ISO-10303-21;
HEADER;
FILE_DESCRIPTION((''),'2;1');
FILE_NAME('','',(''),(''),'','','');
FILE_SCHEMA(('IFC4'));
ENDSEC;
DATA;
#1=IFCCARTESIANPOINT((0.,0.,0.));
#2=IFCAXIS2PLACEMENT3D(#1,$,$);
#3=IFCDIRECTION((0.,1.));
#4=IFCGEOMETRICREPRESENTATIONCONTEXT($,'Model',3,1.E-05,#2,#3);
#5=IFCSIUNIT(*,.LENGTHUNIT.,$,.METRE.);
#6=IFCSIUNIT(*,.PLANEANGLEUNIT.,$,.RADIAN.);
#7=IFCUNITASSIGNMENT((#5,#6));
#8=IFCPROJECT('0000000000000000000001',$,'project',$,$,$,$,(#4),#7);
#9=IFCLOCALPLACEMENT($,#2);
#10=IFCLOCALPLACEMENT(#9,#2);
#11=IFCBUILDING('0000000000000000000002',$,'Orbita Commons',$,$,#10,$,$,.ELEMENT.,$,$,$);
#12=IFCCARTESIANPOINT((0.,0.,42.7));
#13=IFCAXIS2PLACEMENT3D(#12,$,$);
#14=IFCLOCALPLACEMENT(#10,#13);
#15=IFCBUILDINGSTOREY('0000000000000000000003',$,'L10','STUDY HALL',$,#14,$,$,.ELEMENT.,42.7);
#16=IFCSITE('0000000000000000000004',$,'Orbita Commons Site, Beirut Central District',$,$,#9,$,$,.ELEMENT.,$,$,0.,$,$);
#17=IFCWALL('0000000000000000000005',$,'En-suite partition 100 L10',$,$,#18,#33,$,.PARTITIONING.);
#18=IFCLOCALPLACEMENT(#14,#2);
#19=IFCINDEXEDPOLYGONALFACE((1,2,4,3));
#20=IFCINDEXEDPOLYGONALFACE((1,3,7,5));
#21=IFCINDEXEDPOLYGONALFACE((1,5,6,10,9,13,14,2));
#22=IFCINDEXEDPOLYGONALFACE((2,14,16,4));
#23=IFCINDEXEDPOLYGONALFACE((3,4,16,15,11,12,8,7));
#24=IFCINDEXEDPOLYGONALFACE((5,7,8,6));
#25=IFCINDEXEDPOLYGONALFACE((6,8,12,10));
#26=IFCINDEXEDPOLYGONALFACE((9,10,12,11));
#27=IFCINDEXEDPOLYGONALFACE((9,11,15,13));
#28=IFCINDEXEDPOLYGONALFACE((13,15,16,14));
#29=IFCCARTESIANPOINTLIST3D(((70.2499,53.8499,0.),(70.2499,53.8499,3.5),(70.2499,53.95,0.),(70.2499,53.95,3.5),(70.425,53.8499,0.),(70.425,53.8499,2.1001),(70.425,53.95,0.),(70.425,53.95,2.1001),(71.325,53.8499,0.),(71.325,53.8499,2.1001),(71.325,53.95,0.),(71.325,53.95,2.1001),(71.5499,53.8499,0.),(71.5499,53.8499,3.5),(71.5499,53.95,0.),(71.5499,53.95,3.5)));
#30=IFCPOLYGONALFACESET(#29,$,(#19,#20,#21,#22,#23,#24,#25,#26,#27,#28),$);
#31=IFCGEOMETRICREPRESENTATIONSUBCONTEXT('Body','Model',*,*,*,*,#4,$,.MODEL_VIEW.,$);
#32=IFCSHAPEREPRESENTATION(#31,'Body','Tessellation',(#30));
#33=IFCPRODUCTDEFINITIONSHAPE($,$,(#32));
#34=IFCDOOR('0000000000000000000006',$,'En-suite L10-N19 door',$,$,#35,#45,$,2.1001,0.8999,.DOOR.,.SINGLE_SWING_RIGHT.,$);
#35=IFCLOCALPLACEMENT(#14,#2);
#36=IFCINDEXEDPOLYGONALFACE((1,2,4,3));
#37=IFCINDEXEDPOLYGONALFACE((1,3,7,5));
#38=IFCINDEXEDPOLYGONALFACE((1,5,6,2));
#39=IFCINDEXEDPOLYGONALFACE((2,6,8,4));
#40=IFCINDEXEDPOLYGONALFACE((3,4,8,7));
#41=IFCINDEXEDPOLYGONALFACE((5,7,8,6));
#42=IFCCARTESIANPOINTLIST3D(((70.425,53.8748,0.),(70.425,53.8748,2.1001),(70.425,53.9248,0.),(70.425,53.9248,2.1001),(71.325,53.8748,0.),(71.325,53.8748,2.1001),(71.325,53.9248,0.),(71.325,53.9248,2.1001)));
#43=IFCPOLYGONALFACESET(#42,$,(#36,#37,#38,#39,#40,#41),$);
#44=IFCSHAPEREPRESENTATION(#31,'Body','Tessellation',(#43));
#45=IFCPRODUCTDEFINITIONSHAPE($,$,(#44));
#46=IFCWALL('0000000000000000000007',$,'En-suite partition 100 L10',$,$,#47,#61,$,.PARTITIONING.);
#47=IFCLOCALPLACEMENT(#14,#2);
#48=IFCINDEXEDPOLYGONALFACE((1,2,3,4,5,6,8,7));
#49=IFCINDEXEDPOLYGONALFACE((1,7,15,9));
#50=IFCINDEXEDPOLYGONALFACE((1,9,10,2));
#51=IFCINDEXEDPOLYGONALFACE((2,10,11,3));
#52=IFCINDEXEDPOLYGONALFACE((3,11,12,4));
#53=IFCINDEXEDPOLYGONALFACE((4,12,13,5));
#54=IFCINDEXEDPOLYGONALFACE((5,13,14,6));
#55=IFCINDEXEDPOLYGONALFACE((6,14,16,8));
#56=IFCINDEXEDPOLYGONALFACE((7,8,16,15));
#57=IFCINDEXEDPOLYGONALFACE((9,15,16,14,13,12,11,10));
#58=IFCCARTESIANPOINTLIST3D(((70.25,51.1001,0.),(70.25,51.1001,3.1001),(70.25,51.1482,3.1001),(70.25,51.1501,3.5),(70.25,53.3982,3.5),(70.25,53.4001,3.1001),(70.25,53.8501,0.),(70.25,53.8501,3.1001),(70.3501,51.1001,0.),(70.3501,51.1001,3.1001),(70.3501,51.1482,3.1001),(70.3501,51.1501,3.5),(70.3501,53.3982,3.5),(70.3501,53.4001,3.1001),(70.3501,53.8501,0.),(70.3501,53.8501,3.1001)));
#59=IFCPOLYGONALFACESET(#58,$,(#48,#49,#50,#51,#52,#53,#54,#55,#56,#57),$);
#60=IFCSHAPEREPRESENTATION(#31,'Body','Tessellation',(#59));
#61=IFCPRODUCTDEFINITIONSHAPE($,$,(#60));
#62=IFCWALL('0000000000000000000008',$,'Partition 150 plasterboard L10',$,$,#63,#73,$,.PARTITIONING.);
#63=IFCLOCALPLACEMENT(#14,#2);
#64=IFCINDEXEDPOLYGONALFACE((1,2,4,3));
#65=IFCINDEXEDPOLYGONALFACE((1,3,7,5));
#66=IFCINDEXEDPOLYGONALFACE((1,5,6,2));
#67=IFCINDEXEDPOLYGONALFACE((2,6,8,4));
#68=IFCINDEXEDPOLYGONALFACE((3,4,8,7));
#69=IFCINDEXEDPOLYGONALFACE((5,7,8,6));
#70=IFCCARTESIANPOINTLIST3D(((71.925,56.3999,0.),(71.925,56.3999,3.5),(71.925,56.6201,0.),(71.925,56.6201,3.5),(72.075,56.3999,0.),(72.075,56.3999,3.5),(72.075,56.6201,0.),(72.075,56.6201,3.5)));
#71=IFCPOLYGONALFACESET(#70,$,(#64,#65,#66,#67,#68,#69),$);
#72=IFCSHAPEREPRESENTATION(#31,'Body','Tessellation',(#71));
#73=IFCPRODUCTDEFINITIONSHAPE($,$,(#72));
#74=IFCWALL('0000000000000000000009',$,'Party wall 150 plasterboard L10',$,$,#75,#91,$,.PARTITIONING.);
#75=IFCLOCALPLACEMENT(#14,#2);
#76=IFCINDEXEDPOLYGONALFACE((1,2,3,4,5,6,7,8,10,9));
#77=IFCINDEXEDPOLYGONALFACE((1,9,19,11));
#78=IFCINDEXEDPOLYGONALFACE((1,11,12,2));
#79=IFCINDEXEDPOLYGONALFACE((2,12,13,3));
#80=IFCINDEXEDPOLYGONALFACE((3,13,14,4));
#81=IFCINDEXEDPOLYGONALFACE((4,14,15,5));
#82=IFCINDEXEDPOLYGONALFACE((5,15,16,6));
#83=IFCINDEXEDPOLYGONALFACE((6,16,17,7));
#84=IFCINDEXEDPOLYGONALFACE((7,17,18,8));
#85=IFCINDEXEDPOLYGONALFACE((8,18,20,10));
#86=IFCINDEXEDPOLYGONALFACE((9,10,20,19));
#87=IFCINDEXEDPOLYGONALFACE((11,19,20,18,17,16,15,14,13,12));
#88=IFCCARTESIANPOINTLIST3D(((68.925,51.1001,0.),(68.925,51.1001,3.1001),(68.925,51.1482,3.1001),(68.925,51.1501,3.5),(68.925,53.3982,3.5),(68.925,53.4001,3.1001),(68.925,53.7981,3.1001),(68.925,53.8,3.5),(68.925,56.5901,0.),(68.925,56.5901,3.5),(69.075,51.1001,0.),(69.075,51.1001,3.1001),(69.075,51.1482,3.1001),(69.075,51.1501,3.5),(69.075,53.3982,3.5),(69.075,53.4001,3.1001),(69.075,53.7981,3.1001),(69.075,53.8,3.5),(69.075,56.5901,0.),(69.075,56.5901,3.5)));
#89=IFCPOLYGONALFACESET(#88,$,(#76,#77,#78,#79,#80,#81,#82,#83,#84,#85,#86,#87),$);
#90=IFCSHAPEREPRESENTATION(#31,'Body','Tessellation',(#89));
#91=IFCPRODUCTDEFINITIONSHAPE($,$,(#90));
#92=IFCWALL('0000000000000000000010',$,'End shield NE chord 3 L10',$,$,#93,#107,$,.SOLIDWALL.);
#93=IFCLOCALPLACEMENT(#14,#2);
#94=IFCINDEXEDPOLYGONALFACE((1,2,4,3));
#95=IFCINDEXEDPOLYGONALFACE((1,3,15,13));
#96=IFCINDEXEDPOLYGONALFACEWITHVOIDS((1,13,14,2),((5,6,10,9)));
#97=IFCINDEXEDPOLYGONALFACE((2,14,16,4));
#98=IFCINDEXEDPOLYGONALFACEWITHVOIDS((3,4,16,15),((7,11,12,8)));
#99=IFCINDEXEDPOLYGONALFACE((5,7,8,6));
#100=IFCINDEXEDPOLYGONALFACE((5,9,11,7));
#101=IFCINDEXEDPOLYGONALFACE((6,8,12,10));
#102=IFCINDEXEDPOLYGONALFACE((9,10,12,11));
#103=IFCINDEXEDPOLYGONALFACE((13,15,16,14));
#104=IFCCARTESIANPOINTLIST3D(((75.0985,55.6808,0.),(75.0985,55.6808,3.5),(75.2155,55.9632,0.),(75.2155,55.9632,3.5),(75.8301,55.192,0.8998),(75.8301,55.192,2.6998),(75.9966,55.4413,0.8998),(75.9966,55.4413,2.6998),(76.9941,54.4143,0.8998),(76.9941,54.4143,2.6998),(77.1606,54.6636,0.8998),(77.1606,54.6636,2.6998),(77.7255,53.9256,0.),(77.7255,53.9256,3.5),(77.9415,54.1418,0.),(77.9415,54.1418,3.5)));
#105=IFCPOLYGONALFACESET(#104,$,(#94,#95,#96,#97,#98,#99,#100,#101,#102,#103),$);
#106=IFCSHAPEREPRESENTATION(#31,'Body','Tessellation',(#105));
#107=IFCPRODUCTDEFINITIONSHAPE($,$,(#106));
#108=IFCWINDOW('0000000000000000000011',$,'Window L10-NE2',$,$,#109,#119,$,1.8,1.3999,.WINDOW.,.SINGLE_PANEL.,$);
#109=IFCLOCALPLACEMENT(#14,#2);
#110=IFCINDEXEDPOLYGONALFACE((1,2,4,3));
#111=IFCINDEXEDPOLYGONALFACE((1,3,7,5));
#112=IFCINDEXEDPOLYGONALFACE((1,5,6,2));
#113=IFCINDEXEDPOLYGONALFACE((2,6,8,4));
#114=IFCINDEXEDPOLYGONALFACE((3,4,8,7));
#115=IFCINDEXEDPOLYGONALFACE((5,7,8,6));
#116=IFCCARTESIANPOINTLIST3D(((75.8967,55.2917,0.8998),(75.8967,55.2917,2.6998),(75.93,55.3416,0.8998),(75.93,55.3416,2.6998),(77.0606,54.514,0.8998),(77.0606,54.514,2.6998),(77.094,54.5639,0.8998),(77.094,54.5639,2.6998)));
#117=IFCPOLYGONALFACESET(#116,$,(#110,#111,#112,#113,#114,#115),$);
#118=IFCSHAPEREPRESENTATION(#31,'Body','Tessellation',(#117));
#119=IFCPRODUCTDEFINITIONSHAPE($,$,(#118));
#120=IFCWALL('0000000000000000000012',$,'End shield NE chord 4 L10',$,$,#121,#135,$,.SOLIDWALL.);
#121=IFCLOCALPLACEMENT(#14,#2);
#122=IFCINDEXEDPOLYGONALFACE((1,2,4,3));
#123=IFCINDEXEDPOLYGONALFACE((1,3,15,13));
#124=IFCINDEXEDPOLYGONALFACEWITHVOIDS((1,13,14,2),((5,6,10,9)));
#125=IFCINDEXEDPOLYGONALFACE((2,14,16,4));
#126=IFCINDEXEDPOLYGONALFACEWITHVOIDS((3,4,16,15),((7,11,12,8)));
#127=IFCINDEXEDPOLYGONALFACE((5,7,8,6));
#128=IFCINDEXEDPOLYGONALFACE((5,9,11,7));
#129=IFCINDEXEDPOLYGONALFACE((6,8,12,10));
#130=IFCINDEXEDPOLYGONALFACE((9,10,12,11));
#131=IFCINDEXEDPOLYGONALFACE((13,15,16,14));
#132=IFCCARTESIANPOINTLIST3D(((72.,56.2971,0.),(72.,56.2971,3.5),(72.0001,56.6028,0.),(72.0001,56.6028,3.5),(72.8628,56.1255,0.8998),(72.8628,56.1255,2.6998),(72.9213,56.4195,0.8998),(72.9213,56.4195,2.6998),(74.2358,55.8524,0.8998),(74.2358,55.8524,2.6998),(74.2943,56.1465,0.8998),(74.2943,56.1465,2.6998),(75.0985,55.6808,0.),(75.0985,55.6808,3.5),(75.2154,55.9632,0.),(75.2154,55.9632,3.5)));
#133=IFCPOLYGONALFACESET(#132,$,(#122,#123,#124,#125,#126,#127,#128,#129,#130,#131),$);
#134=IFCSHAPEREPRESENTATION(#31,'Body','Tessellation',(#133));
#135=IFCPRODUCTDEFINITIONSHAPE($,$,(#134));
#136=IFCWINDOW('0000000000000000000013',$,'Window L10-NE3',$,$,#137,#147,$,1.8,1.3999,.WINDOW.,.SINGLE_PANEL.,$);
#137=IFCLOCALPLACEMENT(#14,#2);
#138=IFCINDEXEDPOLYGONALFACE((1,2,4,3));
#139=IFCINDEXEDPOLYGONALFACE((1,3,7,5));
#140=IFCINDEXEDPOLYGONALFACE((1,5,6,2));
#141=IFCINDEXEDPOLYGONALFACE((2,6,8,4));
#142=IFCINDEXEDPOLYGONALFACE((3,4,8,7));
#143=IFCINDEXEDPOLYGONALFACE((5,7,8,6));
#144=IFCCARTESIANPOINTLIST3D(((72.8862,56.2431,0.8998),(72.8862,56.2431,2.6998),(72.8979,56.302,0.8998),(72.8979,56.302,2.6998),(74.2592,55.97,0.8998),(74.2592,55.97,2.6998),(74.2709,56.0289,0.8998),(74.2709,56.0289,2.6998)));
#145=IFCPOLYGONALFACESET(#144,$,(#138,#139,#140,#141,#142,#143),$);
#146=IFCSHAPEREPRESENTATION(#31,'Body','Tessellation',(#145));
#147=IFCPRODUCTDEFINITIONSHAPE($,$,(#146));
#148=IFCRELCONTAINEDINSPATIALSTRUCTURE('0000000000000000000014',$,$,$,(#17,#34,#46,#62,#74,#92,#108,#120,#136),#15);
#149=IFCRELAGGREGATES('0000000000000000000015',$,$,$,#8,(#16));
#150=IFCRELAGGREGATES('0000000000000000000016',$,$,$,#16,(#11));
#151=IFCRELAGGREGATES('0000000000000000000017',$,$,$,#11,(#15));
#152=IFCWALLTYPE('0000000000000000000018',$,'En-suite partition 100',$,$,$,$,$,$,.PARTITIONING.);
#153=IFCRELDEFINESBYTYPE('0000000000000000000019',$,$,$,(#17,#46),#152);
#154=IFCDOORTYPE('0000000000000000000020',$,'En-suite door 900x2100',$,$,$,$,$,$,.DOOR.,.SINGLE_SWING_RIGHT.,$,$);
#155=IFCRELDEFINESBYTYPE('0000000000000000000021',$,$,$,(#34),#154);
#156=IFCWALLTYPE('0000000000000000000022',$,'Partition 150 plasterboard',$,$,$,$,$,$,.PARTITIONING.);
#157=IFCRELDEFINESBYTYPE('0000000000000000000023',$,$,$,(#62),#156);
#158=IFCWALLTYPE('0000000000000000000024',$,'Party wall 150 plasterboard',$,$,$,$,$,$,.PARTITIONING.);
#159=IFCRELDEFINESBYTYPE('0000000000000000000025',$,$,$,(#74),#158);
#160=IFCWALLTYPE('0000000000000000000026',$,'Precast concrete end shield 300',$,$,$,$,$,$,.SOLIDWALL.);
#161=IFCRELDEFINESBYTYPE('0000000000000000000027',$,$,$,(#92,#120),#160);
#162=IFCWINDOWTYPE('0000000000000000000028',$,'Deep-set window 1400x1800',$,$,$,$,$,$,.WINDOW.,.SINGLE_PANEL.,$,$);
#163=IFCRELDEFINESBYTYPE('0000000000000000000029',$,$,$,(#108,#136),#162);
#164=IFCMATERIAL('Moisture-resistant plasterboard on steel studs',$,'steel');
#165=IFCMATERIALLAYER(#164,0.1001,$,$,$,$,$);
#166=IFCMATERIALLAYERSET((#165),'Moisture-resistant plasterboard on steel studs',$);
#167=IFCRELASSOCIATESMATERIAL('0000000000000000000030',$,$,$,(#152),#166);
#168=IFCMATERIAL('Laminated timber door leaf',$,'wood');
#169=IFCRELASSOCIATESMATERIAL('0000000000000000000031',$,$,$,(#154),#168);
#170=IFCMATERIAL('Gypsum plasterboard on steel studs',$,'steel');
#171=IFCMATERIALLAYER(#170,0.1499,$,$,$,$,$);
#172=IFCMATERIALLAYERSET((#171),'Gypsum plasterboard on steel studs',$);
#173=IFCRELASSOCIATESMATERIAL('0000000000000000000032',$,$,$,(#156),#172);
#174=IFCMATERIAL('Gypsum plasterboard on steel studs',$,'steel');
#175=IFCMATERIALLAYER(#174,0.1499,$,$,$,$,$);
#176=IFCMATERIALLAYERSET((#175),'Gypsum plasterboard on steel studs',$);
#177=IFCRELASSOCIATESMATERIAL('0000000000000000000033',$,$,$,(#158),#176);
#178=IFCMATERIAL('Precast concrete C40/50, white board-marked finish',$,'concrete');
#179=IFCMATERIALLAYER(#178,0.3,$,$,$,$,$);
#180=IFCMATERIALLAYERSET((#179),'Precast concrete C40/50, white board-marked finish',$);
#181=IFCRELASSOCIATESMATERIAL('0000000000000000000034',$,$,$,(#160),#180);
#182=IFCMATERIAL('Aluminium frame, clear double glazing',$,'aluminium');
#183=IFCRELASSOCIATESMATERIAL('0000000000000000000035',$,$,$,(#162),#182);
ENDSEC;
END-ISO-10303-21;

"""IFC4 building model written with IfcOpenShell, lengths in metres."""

from ifc_helpers import new_model, si_unit, direction, frame, frame_2d, origin, place, context, subcontext, project, spatial, polyline, rectangle, outline, extrude, material, layer, layer_set, type_object, element, fill, save


model = new_model("IFC4")

# Units and contexts
model_context = context("Model", 3, precision=1e-05, world=origin(), true_north=direction((0.0, 1.0)))
body_context = subcontext(model_context, "Body", "Model", "MODEL_VIEW")
ifc_project = project(units=[si_unit("LENGTHUNIT", "METRE"), si_unit("PLANEANGLEUNIT", "RADIAN")], contexts=[model_context])

# Site, building, storey
site_placement = place(None, origin())
site = spatial("IfcSite", under=ifc_project, at=site_placement, Name="Orbita Commons Site, Beirut Central District", CompositionType="ELEMENT", RefElevation=0.0)
building_placement = place(site_placement, origin())
building = spatial("IfcBuilding", under=site, at=building_placement, Name="Orbita Commons", CompositionType="ELEMENT")
storey_placement = place(building_placement, frame((0.0, 0.0, 42.7)))
storey = spatial("IfcBuildingStorey", under=building, at=storey_placement, Name="L10", Description="STUDY HALL", CompositionType="ELEMENT", Elevation=42.7)

# Wall, opening, door
ifc_material_1 = material(Name="Moisture-resistant plasterboard on steel studs", Category="steel")
ifc_layer_1 = layer(ifc_material_1, 0.1001)
ifc_layer_set_1 = layer_set([ifc_layer_1], Name="Moisture-resistant plasterboard on steel studs")
wall_type_1 = type_object("IfcWallType", Name="En-suite partition 100", PredefinedType="PARTITIONING", material=ifc_layer_set_1)
ifc_material_2 = material(Name="Laminated timber door leaf", Category="wood")
door_type = type_object("IfcDoorType", Name="En-suite door 900x2100", OperationType="SINGLE_SWING_RIGHT", PredefinedType="DOOR", material=ifc_material_2)
wall_1_placement = place(storey_placement, frame((70.25, 53.8999, 0.0), z_axis=(0.0, 0.0, 1.0), x_axis=(1.0, 0.0, 0.0)))
wall_1 = element("IfcWall", 1, at=wall_1_placement, inside=storey, type_object=wall_type_1, Name="En-suite partition 100 L10", PredefinedType="PARTITIONING", context=body_context, shape_type="SweptSolid", body=[
    extrude(rectangle(XDim=1.3, YDim=0.1001, at=frame_2d((0.6499, 0.0))), origin(), (0.0, 0.0, 1.0), 3.5),
])
opening_1_placement = place(wall_1_placement, frame((0.175, 0.0, 0.0)))
opening_1 = element("IfcOpeningElement", 2, at=opening_1_placement, cuts=wall_1, PredefinedType="OPENING", context=body_context, shape_type="SweptSolid", body=[
    extrude(rectangle(XDim=0.8999, YDim=2.1001, at=frame_2d((0.45, 1.05))), frame((0.0, 0.0601, 0.0), z_axis=(0.0, -1.0, 0.0), x_axis=(1.0, 0.0, 0.0)), (0.0, 0.0, 1.0), 0.1201),
])
door_1_placement = place(opening_1_placement, origin())
door_1 = element("IfcDoor", 3, at=door_1_placement, inside=storey, type_object=door_type, Name="En-suite L10-N19 door", OperationType="SINGLE_SWING_RIGHT", OverallHeight=2.1001, OverallWidth=0.8999, PredefinedType="DOOR", context=body_context, shape_type="SweptSolid", body=[
    extrude(rectangle(XDim=0.8999, YDim=2.1001, at=frame_2d((0.45, 1.05))), frame((0.0, 0.0249, 0.0), z_axis=(0.0, -1.0, 0.0), x_axis=(1.0, 0.0, 0.0)), (0.0, 0.0, 1.0), 0.05),
])
fill(opening_1, door_1)

# Walls
wall_2_placement = place(storey_placement, frame((70.3, 53.8501, 0.0), z_axis=(0.0, 0.0, 1.0), x_axis=(0.0, -1.0, 0.0)))
element("IfcWall", 4, at=wall_2_placement, inside=storey, type_object=wall_type_1, Name="En-suite partition 100 L10", PredefinedType="PARTITIONING", context=body_context, shape_type="SweptSolid", body=[
    extrude(outline(polyline([(0.0, 0.0), (2.75, 0.0), (2.75, 3.1001), (2.7019, 3.1001), (2.7, 3.5), (0.4519, 3.5), (0.45, 3.1001), (0.0, 3.1001), (0.0, 0.0)])), frame((0.0, 0.05, 0.0), z_axis=(0.0, -1.0, 0.0), x_axis=(1.0, 0.0, 0.0)), (0.0, 0.0, 1.0), 0.1001),
])
ifc_material_3 = material(Name="Gypsum plasterboard on steel studs", Category="steel")
ifc_layer_2 = layer(ifc_material_3, 0.1499)
ifc_layer_set_2 = layer_set([ifc_layer_2], Name="Gypsum plasterboard on steel studs")
wall_type_2 = type_object("IfcWallType", Name="Partition 150 plasterboard", PredefinedType="PARTITIONING", material=ifc_layer_set_2)
wall_3_placement = place(storey_placement, frame((72.0, 56.3999, 0.0), z_axis=(0.0, 0.0, 1.0), x_axis=(0.0, 1.0, 0.0)))
element("IfcWall", 5, at=wall_3_placement, inside=storey, type_object=wall_type_2, Name="Partition 150 plasterboard L10", PredefinedType="PARTITIONING", context=body_context, shape_type="SweptSolid", body=[
    extrude(rectangle(XDim=0.2202, YDim=0.1499, at=frame_2d((0.1101, 0.0))), origin(), (0.0, 0.0, 1.0), 3.5),
])
ifc_material_4 = material(Name="Gypsum plasterboard on steel studs", Category="steel")
ifc_layer_3 = layer(ifc_material_4, 0.1499)
ifc_layer_set_3 = layer_set([ifc_layer_3], Name="Gypsum plasterboard on steel studs")
wall_type_3 = type_object("IfcWallType", Name="Party wall 150 plasterboard", PredefinedType="PARTITIONING", material=ifc_layer_set_3)
wall_4_placement = place(storey_placement, frame((69.0, 56.5901, 0.0), z_axis=(0.0, 0.0, 1.0), x_axis=(0.0, -1.0, 0.0)))
element("IfcWall", 6, at=wall_4_placement, inside=storey, type_object=wall_type_3, Name="Party wall 150 plasterboard L10", PredefinedType="PARTITIONING", context=body_context, shape_type="SweptSolid", body=[
    extrude(outline(polyline([(0.0, 0.0), (5.49, 0.0), (5.49, 3.1001), (5.4419, 3.1001), (5.4399, 3.5), (3.1919, 3.5), (3.1899, 3.1001), (2.792, 3.1001), (2.79, 3.5), (0.0, 3.5), (0.0, 0.0)])), frame((0.0, 0.075, 0.0), z_axis=(0.0, -1.0, 0.0), x_axis=(1.0, 0.0, 0.0)), (0.0, 0.0, 1.0), 0.1499),
])

# Walls, openings, windows
ifc_material_5 = material(Name="Precast concrete C40/50, white board-marked finish", Category="concrete")
ifc_layer_4 = layer(ifc_material_5, 0.3)
ifc_layer_set_4 = layer_set([ifc_layer_4], Name="Precast concrete C40/50, white board-marked finish")
wall_type_4 = type_object("IfcWallType", Name="Precast concrete end shield 300", PredefinedType="SOLIDWALL", material=ifc_layer_set_4)
wall_5_placement = place(storey_placement, frame((77.8335, 54.0337, 0.0), z_axis=(0.0, 0.0, 1.0), x_axis=(-0.831478, 0.555558, 0.0)))
wall_5 = element("IfcWall", 7, at=wall_5_placement, inside=storey, type_object=wall_type_4, Name="End shield NE chord 3 L10", PredefinedType="SOLIDWALL", context=body_context, shape_type="SweptSolid", body=[
    extrude(outline(polyline([(-0.0298, -0.1499), (3.2488, -0.1499), (3.1892, 0.1499), (0.0298, 0.1499), (-0.0298, -0.1499)])), origin(), (0.0, 0.0, 1.0), 3.5),
])
opening_2_placement = place(wall_5_placement, frame((0.9094, 0.0, 0.8999)))
opening_2 = element("IfcOpeningElement", 8, at=opening_2_placement, cuts=wall_5, PredefinedType="OPENING", context=body_context, shape_type="SweptSolid", body=[
    extrude(rectangle(XDim=1.3999, YDim=1.8, at=frame_2d((0.7, 0.8999))), frame((0.0, 0.1599, 0.0), z_axis=(0.0, -1.0, 0.0), x_axis=(1.0, 0.0, 0.0)), (0.0, 0.0, 1.0), 0.3201),
])
ifc_material_6 = material(Name="Aluminium frame, clear double glazing", Category="aluminium")
window_type = type_object("IfcWindowType", Name="Deep-set window 1400x1800", PartitioningType="SINGLE_PANEL", PredefinedType="WINDOW", material=ifc_material_6)
window_1_placement = place(opening_2_placement, origin())
window_1 = element("IfcWindow", 9, at=window_1_placement, inside=storey, type_object=window_type, Name="Window L10-NE2", OverallHeight=1.8, OverallWidth=1.3999, PartitioningType="SINGLE_PANEL", PredefinedType="WINDOW", context=body_context, shape_type="SweptSolid", body=[
    extrude(rectangle(XDim=1.3999, YDim=1.8, at=frame_2d((0.7, 0.8999))), frame((0.0, 0.03, 0.0), z_axis=(0.0, -1.0, 0.0), x_axis=(1.0, 0.0, 0.0)), (0.0, 0.0, 1.0), 0.0601),
])
fill(opening_2, window_1)
wall_6_placement = place(storey_placement, frame((75.157, 55.822, 0.0), z_axis=(0.0, 0.0, 1.0), x_axis=(-0.980787, 0.19508, 0.0)))
wall_6 = element("IfcWall", 10, at=wall_6_placement, inside=storey, type_object=wall_type_4, Name="End shield NE chord 4 L10", PredefinedType="SOLIDWALL", context=body_context, shape_type="SweptSolid", body=[
    extrude(outline(polyline([(-0.0298, -0.1499), (3.2485, -0.1499), (3.189, 0.1499), (0.0298, 0.1499), (-0.0298, -0.1499)])), origin(), (0.0, 0.0, 1.0), 3.5),
])
opening_3_placement = place(wall_6_placement, frame((0.9094, 0.0, 0.8999)))
opening_3 = element("IfcOpeningElement", 11, at=opening_3_placement, cuts=wall_6, PredefinedType="OPENING", context=body_context, shape_type="SweptSolid", body=[
    extrude(rectangle(XDim=1.3999, YDim=1.8, at=frame_2d((0.7, 0.8999))), frame((0.0, 0.1599, 0.0), z_axis=(0.0, -1.0, 0.0), x_axis=(1.0, 0.0, 0.0)), (0.0, 0.0, 1.0), 0.3201),
])
window_2_placement = place(opening_3_placement, origin())
window_2 = element("IfcWindow", 12, at=window_2_placement, inside=storey, type_object=window_type, Name="Window L10-NE3", OverallHeight=1.8, OverallWidth=1.3999, PartitioningType="SINGLE_PANEL", PredefinedType="WINDOW", context=body_context, shape_type="SweptSolid", body=[
    extrude(rectangle(XDim=1.3999, YDim=1.8, at=frame_2d((0.7, 0.8999))), frame((0.0, 0.03, 0.0), z_axis=(0.0, -1.0, 0.0), x_axis=(1.0, 0.0, 0.0)), (0.0, 0.0, 1.0), 0.0601),
])
fill(opening_3, window_2)

save(model, "model.ifc")
